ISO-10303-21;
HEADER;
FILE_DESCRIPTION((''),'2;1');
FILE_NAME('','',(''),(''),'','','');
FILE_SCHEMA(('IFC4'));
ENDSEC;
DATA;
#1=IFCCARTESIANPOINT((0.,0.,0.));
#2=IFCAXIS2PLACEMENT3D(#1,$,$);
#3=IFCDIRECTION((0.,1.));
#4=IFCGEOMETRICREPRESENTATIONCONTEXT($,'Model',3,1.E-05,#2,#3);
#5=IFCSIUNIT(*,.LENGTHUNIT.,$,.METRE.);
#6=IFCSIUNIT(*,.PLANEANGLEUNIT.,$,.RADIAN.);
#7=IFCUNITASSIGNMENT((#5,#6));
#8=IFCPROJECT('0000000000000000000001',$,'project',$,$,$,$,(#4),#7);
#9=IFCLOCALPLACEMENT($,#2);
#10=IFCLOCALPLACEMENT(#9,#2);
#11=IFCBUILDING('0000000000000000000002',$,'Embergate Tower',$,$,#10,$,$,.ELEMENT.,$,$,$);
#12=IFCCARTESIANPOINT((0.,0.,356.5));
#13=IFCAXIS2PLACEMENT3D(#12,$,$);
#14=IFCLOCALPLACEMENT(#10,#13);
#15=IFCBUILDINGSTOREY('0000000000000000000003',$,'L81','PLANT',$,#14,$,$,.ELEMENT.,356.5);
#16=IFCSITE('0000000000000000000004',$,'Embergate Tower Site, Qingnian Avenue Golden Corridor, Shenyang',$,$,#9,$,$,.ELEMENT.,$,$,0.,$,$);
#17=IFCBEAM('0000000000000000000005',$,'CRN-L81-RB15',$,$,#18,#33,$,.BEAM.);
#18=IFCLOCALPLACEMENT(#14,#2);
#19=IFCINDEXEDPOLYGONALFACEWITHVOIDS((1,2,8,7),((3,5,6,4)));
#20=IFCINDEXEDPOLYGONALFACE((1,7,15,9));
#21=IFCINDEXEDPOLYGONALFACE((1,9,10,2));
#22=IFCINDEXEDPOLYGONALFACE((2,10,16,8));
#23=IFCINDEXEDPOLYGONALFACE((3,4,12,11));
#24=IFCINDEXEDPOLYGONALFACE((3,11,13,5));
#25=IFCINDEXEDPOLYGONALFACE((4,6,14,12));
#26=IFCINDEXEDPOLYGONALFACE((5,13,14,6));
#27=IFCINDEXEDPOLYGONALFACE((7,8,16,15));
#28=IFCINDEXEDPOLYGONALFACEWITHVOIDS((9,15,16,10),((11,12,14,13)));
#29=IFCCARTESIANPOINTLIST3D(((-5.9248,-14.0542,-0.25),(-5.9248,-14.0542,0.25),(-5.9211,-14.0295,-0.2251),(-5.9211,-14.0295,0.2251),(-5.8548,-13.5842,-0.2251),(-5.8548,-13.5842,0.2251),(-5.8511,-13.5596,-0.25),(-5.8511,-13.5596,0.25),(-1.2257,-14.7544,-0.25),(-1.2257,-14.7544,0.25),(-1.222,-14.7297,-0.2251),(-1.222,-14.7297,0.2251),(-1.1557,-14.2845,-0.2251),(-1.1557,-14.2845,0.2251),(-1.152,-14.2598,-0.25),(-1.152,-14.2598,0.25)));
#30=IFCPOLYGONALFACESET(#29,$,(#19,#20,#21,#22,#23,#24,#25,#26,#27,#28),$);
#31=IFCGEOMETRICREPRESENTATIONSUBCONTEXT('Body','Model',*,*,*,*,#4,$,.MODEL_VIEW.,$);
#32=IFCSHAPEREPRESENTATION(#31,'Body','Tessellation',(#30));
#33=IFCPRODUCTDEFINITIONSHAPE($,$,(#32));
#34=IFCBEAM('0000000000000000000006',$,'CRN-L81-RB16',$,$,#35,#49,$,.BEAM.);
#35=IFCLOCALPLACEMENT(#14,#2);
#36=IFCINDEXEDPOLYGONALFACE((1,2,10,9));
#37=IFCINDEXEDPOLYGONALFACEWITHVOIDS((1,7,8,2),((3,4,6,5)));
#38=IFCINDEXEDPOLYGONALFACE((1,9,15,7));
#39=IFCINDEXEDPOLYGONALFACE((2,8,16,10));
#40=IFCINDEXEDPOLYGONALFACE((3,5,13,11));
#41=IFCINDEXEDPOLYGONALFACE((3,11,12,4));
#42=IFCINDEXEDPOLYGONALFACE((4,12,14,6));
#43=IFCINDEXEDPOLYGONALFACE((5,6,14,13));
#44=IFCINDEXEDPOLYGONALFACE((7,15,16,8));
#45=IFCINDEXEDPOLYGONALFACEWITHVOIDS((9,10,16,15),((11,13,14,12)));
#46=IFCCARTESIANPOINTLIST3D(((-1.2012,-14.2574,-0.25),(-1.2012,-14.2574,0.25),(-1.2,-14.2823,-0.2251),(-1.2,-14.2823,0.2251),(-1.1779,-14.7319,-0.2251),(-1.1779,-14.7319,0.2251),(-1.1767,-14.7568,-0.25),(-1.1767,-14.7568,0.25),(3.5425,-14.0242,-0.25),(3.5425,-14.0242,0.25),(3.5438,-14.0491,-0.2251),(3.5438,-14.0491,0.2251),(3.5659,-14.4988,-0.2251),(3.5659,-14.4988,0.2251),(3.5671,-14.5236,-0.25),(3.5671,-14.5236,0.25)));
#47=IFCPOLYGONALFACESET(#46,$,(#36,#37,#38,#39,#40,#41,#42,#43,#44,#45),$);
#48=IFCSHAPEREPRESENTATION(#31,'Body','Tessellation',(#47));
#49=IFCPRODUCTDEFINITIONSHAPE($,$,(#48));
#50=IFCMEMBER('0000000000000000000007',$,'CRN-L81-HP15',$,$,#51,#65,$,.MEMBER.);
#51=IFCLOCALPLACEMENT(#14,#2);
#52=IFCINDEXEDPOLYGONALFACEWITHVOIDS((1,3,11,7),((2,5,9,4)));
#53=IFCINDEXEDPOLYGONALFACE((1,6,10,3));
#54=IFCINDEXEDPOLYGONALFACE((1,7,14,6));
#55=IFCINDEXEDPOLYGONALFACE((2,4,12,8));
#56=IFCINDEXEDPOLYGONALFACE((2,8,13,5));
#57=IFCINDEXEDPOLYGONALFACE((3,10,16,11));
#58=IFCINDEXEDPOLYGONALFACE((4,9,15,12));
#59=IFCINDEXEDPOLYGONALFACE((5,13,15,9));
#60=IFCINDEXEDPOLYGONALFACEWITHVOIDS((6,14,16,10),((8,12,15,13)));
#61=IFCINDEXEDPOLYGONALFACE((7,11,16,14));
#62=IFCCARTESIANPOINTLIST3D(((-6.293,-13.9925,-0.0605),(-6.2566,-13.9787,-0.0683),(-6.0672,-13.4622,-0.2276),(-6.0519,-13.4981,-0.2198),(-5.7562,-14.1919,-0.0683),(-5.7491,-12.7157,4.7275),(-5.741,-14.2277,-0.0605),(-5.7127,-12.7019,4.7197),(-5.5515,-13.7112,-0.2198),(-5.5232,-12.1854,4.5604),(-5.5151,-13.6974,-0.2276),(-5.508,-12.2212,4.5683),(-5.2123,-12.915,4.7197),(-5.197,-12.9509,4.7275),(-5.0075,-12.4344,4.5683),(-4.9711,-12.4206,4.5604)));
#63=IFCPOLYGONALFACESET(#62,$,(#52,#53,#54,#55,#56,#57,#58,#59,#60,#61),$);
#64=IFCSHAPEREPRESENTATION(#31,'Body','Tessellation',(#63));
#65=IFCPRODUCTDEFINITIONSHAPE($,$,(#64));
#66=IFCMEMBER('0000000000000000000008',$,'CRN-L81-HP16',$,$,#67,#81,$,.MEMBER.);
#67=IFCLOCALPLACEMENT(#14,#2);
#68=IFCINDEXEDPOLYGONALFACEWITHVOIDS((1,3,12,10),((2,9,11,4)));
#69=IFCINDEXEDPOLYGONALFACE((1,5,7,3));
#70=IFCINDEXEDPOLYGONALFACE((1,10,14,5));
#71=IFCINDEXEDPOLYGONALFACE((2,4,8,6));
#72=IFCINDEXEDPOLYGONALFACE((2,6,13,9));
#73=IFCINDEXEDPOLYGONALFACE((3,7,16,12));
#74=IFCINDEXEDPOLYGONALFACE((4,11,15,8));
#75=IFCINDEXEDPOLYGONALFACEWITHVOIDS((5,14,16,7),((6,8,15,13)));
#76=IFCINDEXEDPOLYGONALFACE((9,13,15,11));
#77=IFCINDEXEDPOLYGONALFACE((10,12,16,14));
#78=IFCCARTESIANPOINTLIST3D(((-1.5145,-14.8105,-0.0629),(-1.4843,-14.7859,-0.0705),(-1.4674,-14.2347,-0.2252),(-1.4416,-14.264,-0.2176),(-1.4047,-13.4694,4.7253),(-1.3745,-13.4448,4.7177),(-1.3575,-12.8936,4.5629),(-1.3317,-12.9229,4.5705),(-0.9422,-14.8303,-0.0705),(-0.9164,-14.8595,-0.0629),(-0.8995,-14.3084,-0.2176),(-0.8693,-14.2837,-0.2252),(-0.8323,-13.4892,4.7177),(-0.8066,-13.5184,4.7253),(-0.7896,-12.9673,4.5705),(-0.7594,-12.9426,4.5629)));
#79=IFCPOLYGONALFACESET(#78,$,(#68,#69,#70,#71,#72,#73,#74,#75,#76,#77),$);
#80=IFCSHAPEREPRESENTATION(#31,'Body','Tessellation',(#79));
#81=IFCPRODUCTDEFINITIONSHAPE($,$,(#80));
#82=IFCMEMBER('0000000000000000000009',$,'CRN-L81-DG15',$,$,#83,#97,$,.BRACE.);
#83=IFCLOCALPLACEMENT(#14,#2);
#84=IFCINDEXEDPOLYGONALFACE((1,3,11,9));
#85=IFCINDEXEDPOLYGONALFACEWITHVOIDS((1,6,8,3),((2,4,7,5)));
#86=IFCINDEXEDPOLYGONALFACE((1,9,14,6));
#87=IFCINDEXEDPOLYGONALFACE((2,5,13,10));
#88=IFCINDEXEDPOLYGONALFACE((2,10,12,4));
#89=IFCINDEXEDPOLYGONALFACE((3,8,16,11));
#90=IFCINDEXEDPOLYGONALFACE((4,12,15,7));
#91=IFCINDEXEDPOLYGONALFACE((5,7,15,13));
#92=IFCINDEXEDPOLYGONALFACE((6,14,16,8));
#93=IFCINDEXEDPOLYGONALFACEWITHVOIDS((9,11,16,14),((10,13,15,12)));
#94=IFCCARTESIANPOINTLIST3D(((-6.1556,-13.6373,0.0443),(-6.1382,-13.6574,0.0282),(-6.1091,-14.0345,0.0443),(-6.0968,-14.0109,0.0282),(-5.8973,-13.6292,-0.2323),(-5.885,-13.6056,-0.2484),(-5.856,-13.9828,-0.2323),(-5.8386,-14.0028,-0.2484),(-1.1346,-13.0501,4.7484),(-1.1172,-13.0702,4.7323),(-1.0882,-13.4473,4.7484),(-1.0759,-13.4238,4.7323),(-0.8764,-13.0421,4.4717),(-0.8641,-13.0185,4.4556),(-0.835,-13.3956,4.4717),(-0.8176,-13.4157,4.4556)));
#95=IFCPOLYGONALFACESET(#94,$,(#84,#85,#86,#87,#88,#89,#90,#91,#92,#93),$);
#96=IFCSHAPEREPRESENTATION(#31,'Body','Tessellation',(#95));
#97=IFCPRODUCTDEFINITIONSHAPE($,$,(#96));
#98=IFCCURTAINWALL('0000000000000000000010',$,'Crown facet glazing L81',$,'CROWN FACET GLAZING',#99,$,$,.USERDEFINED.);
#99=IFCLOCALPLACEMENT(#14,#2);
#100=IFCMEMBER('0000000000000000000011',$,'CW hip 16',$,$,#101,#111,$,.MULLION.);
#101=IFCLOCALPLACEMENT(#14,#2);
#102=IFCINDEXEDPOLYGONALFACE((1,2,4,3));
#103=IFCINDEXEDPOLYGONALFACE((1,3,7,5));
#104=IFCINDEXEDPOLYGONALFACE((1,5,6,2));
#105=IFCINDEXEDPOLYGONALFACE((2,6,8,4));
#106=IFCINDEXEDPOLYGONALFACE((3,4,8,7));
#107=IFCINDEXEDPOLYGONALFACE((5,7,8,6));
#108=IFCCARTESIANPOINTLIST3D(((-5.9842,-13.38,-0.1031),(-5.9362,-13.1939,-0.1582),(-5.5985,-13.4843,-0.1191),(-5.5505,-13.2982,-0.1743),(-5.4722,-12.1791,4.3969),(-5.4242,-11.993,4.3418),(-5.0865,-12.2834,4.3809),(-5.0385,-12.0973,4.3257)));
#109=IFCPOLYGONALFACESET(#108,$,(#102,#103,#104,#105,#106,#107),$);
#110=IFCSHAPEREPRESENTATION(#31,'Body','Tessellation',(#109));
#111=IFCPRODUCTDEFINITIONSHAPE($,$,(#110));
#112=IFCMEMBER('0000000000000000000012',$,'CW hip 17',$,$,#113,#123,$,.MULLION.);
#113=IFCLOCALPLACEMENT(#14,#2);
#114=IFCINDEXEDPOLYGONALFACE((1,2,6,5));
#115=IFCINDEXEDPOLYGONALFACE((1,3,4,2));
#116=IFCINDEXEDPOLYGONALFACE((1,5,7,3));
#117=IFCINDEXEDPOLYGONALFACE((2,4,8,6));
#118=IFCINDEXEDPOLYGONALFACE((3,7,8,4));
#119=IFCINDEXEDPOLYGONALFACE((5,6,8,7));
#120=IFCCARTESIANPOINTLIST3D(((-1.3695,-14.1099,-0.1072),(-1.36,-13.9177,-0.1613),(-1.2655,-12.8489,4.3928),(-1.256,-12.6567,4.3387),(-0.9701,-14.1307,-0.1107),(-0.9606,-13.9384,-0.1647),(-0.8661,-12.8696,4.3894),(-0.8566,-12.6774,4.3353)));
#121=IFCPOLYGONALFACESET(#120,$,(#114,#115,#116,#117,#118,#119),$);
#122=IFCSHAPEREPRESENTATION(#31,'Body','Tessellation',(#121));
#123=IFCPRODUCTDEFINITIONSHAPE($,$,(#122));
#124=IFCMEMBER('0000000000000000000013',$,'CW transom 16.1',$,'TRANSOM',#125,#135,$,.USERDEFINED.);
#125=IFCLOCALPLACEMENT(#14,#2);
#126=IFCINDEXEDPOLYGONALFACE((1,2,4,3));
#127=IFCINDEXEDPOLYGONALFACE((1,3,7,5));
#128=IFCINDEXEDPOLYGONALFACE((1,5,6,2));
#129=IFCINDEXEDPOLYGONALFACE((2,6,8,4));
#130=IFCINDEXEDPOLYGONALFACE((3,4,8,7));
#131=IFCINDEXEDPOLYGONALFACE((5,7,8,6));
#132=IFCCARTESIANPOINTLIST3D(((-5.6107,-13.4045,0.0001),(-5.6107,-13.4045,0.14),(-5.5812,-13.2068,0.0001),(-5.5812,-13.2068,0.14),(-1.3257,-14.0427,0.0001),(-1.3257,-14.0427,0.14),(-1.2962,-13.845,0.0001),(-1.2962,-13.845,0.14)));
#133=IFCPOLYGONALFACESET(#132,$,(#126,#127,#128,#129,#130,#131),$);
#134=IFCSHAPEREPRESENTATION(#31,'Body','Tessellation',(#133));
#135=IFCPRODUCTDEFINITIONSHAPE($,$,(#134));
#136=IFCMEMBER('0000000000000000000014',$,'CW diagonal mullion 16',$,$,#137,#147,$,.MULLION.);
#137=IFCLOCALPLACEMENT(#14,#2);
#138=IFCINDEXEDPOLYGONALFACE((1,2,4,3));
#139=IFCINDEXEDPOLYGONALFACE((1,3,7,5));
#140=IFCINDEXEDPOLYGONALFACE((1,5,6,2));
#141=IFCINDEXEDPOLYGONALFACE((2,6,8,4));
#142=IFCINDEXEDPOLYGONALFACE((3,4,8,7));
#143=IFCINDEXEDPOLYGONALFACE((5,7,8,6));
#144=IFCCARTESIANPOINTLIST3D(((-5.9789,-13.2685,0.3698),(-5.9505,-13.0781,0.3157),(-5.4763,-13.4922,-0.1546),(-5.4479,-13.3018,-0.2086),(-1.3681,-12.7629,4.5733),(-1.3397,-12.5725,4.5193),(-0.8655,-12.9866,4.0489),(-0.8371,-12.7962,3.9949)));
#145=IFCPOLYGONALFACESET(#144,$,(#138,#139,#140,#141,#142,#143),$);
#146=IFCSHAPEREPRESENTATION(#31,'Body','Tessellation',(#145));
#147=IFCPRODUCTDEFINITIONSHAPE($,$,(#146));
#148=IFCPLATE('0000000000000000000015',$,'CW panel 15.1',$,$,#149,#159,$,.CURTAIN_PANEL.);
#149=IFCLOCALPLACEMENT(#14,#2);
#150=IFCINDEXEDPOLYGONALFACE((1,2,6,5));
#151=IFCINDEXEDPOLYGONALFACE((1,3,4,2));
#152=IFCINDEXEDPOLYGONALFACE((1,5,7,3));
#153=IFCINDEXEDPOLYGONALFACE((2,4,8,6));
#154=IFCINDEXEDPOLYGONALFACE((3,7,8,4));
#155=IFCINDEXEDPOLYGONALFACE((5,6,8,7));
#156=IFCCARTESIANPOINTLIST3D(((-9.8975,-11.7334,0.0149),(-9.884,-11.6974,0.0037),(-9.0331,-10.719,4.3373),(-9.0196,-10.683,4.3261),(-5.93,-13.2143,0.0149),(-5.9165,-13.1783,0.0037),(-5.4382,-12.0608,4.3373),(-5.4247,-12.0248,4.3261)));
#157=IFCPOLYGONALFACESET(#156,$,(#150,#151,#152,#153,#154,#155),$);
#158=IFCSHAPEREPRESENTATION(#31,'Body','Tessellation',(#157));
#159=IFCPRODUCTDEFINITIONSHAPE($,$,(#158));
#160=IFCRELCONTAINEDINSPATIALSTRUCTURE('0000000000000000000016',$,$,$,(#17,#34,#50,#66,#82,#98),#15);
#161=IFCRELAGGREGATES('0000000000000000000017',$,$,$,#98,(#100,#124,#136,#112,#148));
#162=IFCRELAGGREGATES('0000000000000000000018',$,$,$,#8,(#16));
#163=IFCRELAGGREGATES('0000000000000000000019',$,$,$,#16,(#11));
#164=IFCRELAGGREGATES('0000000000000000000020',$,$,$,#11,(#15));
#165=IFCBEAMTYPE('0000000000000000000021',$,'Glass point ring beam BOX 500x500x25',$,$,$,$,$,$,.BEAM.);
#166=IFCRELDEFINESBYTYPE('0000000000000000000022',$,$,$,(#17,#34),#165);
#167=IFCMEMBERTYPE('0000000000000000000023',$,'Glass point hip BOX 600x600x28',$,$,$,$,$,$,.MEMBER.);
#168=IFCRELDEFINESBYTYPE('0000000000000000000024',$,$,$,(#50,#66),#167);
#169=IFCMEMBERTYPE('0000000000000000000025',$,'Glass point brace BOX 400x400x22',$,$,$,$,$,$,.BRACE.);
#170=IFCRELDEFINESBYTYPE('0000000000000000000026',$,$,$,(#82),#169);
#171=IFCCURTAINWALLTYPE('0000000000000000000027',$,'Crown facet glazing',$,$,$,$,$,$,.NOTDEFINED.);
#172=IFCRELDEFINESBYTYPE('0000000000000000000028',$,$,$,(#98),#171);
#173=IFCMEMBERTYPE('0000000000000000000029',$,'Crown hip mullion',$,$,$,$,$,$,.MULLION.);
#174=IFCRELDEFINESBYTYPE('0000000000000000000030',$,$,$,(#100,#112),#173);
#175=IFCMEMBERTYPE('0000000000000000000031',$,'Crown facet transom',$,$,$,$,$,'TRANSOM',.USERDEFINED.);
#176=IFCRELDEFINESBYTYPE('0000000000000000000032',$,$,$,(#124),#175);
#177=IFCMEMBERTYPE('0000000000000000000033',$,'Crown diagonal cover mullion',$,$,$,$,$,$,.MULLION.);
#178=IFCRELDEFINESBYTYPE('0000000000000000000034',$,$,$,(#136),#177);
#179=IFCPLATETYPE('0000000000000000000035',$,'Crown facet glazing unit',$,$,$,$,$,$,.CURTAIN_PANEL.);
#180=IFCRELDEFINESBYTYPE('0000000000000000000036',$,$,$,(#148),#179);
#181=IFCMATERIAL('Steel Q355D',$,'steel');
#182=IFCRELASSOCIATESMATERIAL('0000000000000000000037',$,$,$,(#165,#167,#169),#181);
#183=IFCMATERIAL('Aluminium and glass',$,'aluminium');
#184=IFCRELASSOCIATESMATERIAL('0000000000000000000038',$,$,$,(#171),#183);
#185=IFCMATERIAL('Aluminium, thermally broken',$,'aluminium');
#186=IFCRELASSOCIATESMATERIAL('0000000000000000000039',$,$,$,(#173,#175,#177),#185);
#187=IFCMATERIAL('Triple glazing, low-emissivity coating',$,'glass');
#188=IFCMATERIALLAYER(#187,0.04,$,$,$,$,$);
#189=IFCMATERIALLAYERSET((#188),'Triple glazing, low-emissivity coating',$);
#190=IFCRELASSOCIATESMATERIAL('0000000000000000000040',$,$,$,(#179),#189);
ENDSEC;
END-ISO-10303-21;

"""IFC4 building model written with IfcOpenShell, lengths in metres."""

from ifc_helpers import new_model, si_unit, direction, frame, origin, origin_2d, place, context, subcontext, project, spatial, polyline, rectangle, hollow_rectangle, outline, extrude, source, transform, mapped, material, layer, layer_set, material_profile, profile_set, type_object, element, aggregate, save


model = new_model("IFC4")

# Units and contexts
model_context = context("Model", 3, precision=1e-05, world=origin(), true_north=direction((0.0, 1.0)))
body_context = subcontext(model_context, "Body", "Model", "MODEL_VIEW")
ifc_project = project(units=[si_unit("LENGTHUNIT", "METRE"), si_unit("PLANEANGLEUNIT", "RADIAN")], contexts=[model_context])

# Site, building, storey
site_placement = place(None, origin())
site = spatial("IfcSite", under=ifc_project, at=site_placement, Name="Embergate Tower Site, Qingnian Avenue Golden Corridor, Shenyang", CompositionType="ELEMENT", RefElevation=0.0)
building_placement = place(site_placement, origin())
building = spatial("IfcBuilding", under=site, at=building_placement, Name="Embergate Tower", CompositionType="ELEMENT")
storey_placement = place(building_placement, frame((0.0, 0.0, 356.5)))
storey = spatial("IfcBuildingStorey", under=building, at=storey_placement, Name="L81", Description="PLANT", CompositionType="ELEMENT", Elevation=356.5)

# Beams
ifc_material_1 = material(Name="Steel Q355D", Category="steel")
ifc_material_profile_1 = material_profile(ifc_material_1, hollow_rectangle(XDim=0.5, YDim=0.5, WallThickness=0.0249, at=origin_2d()), Name="BOX 500x500x25")
ifc_profile_set_1 = profile_set([ifc_material_profile_1], Name="Steel Q355 grade D")
beam_type = type_object("IfcBeamType", Name="Glass point ring beam BOX 500x500x25", PredefinedType="BEAM", material=ifc_profile_set_1)
shared_shape_1 = source(origin(), body_context, "Body", "SweptSolid", [
    extrude(hollow_rectangle(XDim=0.5, YDim=0.5, WallThickness=0.0249, at=origin_2d()), origin(), (0.0, 0.0, 1.0), 4.751),
])
beam_1_placement = place(storey_placement, frame((-5.8879, -13.8069, 0.0), z_axis=(0.98908, -0.147383, 0.0), x_axis=(0.147383, 0.98908, 0.0)))
element("IfcBeam", 1, at=beam_1_placement, inside=storey, type_object=beam_type, Name="CRN-L81-RB15", PredefinedType="BEAM", context=body_context, shape_type="MappedRepresentation", body=[
    mapped(shared_shape_1, transform((0.0, 0.0, 0.0))),
])
shared_shape_2 = source(origin(), body_context, "Body", "SweptSolid", [
    extrude(hollow_rectangle(XDim=0.5, YDim=0.5, WallThickness=0.0249, at=origin_2d()), origin(), (0.0, 0.0, 1.0), 4.7495),
])
beam_2_placement = place(storey_placement, frame((-1.189, -14.5071, 0.0), z_axis=(0.998794, 0.049089, 0.0), x_axis=(-0.049089, 0.998794, 0.0)))
element("IfcBeam", 2, at=beam_2_placement, inside=storey, type_object=beam_type, Name="CRN-L81-RB16", PredefinedType="BEAM", context=body_context, shape_type="MappedRepresentation", body=[
    mapped(shared_shape_2, transform((0.0, 0.0, 0.0))),
])

# Members
ifc_material_profile_2 = material_profile(ifc_material_1, hollow_rectangle(XDim=0.6001, YDim=0.6001, WallThickness=0.0281, at=origin_2d()), Name="BOX 600x600x28")
ifc_profile_set_2 = profile_set([ifc_material_profile_2], Name="Steel Q355 grade D")
member_type_1 = type_object("IfcMemberType", Name="Glass point hip BOX 600x600x28", PredefinedType="MEMBER", material=ifc_profile_set_2)
shared_shape_3 = source(origin(), body_context, "Body", "SweptSolid", [
    extrude(hollow_rectangle(XDim=0.6001, YDim=0.6001, WallThickness=0.0281, at=origin_2d()), origin(), (0.0, 0.0, 1.0), 4.9851),
])
member_1_placement = place(storey_placement, frame((-5.9041, -13.845, -0.144), z_axis=(0.109113, 0.25613, 0.960464), x_axis=(-0.919998, 0.391923, 0.0)))
element("IfcMember", 3, at=member_1_placement, inside=storey, type_object=member_type_1, Name="CRN-L81-HP15", PredefinedType="MEMBER", context=body_context, shape_type="MappedRepresentation", body=[
    mapped(shared_shape_3, transform((0.0, 0.0, 0.0))),
])
shared_shape_4 = source(origin(), body_context, "Body", "SweptSolid", [
    extrude(hollow_rectangle(XDim=0.6001, YDim=0.6001, WallThickness=0.0281, at=origin_2d()), origin(), (0.0, 0.0, 1.0), 4.9736),
])
member_2_placement = place(storey_placement, frame((-1.1919, -14.5471, -0.144), z_axis=(0.022089, 0.269639, 0.962708), x_axis=(-0.996661, 0.081649, 0.0)))
element("IfcMember", 4, at=member_2_placement, inside=storey, type_object=member_type_1, Name="CRN-L81-HP16", PredefinedType="MEMBER", context=body_context, shape_type="MappedRepresentation", body=[
    mapped(shared_shape_4, transform((0.0, 0.0, 0.0))),
])
ifc_material_profile_3 = material_profile(ifc_material_1, hollow_rectangle(XDim=0.3999, YDim=0.3999, WallThickness=0.022, at=origin_2d()), Name="BOX 400x400x22")
ifc_profile_set_3 = profile_set([ifc_material_profile_3], Name="Steel Q355 grade D")
member_type_2 = type_object("IfcMemberType", Name="Glass point brace BOX 400x400x22", PredefinedType="BRACE", material=ifc_profile_set_3)
shared_shape_5 = source(origin(), body_context, "Body", "SweptSolid", [
    extrude(hollow_rectangle(XDim=0.3999, YDim=0.3999, WallThickness=0.022, at=origin_2d()), origin(), (0.0, 0.0, 1.0), 6.9053),
])
member_3_placement = place(storey_placement, frame((-5.9971, -13.8201, -0.1021), z_axis=(0.727118, 0.08503, 0.681227), x_axis=(-0.116149, 0.993232, 0.0)))
element("IfcMember", 5, at=member_3_placement, inside=storey, type_object=member_type_2, Name="CRN-L81-DG15", PredefinedType="BRACE", context=body_context, shape_type="MappedRepresentation", body=[
    mapped(shared_shape_5, transform((0.0, 0.0, 0.0))),
])

# Curtain wall, members
ifc_material_2 = material(Name="Aluminium and glass", Category="aluminium")
curtain_wall_type = type_object("IfcCurtainWallType", Name="Crown facet glazing", PredefinedType="NOTDEFINED", material=ifc_material_2)
curtain_wall_placement = place(storey_placement, origin())
curtain_wall = element("IfcCurtainWall", 6, at=curtain_wall_placement, inside=storey, type_object=curtain_wall_type, Name="Crown facet glazing L81", ObjectType="CROWN FACET GLAZING", PredefinedType="USERDEFINED")
ifc_material_3 = material(Name="Aluminium, thermally broken", Category="aluminium")
ifc_material_profile_4 = material_profile(ifc_material_3, rectangle(XDim=0.2, YDim=0.3999, at=origin_2d()), Name="AL 400x200")
ifc_profile_set_4 = profile_set([ifc_material_profile_4], Name="Aluminium, thermally broken")
member_type_3 = type_object("IfcMemberType", Name="Crown hip mullion", PredefinedType="MULLION", material=ifc_profile_set_4)
shared_shape_6 = source(origin(), body_context, "Body", "SweptSolid", [
    extrude(rectangle(XDim=0.2, YDim=0.3999, at=origin_2d()), origin(), (0.0, 0.0, 1.0), 4.6855),
])
member_4_placement = place(storey_placement, frame((-5.7673, -13.3391, -0.1387), z_axis=(0.109264, 0.256305, 0.960401), x_axis=(-0.240091, -0.930773, 0.275713)))
member_4 = element("IfcMember", 7, at=member_4_placement, type_object=member_type_3, Name="CW hip 16", PredefinedType="MULLION", context=body_context, shape_type="MappedRepresentation", body=[
    mapped(shared_shape_6, transform((0.0, 0.0, 0.0))),
])
shared_shape_7 = source(origin(), body_context, "Body", "SweptSolid", [
    extrude(rectangle(XDim=0.2, YDim=0.3999, at=origin_2d()), origin(), (0.0, 0.0, 1.0), 4.6746),
])
member_5_placement = place(storey_placement, frame((-1.165, -14.0242, -0.136), z_axis=(0.022249, 0.269759, 0.962671), x_axis=(-0.047521, -0.961535, 0.270539)))
member_5 = element("IfcMember", 8, at=member_5_placement, type_object=member_type_3, Name="CW hip 17", PredefinedType="MULLION", context=body_context, shape_type="MappedRepresentation", body=[
    mapped(shared_shape_7, transform((0.0, 0.0, 0.0))),
])
ifc_material_profile_5 = material_profile(ifc_material_3, rectangle(XDim=0.2, YDim=0.1399, at=origin_2d()), Name="AL 140x200")
ifc_profile_set_5 = profile_set([ifc_material_profile_5], Name="Aluminium, thermally broken")
member_type_4 = type_object("IfcMemberType", Name="Crown facet transom", ElementType="TRANSOM", PredefinedType="USERDEFINED", material=ifc_profile_set_5)
shared_shape_8 = source(origin(), body_context, "Body", "SweptSolid", [
    extrude(rectangle(XDim=0.2, YDim=0.1399, at=origin_2d()), origin(), (0.0, 0.0, 1.0), 4.3323),
])
member_6_placement = place(storey_placement, frame((-5.5959, -13.3057, 0.0701), z_axis=(0.98909, -0.147312, 0.0), x_axis=(0.147312, 0.98909, 0.0)))
member_6 = element("IfcMember", 9, at=member_6_placement, type_object=member_type_4, Name="CW transom 16.1", ObjectType="TRANSOM", PredefinedType="USERDEFINED", context=body_context, shape_type="MappedRepresentation", body=[
    mapped(shared_shape_8, transform((0.0, 0.0, 0.0))),
])
ifc_material_profile_6 = material_profile(ifc_material_3, rectangle(XDim=0.2, YDim=0.76, at=origin_2d()), Name="AL 760x200")
ifc_profile_set_6 = profile_set([ifc_material_profile_6], Name="Aluminium, thermally broken")
member_type_5 = type_object("IfcMemberType", Name="Crown diagonal cover mullion", PredefinedType="MULLION", material=ifc_profile_set_6)
shared_shape_9 = source(origin(), body_context, "Body", "SweptSolid", [
    extrude(rectangle(XDim=0.2, YDim=0.76, at=origin_2d()), origin(), (0.0, 0.0, 1.0), 6.2598),
])
member_7_placement = place(storey_placement, frame((-5.7134, -13.2852, 0.0806), z_axis=(0.736572, 0.080771, 0.671519), x_axis=(-0.141926, -0.952282, 0.270216)))
member_7 = element("IfcMember", 10, at=member_7_placement, type_object=member_type_5, Name="CW diagonal mullion 16", PredefinedType="MULLION", context=body_context, shape_type="MappedRepresentation", body=[
    mapped(shared_shape_9, transform((0.0, 0.0, 0.0))),
])

# Plate
ifc_material_4 = material(Name="Triple glazing, low-emissivity coating", Category="glass")
ifc_layer_1 = layer(ifc_material_4, 0.04)
ifc_layer_set_1 = layer_set([ifc_layer_1], Name="Triple glazing, low-emissivity coating")
plate_type = type_object("IfcPlateType", Name="Crown facet glazing unit", PredefinedType="CURTAIN_PANEL", material=ifc_layer_set_1)
shared_shape_10 = source(origin(), body_context, "Body", "SweptSolid", [
    extrude(outline(polyline([(0.0, 0.0), (4.2349, 0.0), (4.2922, 4.5002), (0.4551, 4.5002), (0.0, 0.0)])), origin(), (0.0, 0.0, -1.0), 0.04),
])
plate_1_placement = place(storey_placement, frame((-9.8975, -11.7334, 0.0149), z_axis=(-0.335881, -0.899836, 0.27835), x_axis=(0.936861, -0.349701, 0.0)))
plate_1 = element("IfcPlate", 11, at=plate_1_placement, type_object=plate_type, Name="CW panel 15.1", PredefinedType="CURTAIN_PANEL", context=body_context, shape_type="MappedRepresentation", body=[
    mapped(shared_shape_10, transform((0.0, 0.0, 0.0))),
])
aggregate(curtain_wall, [member_4, member_6, member_7, member_5, plate_1])

save(model, "model.ifc")
